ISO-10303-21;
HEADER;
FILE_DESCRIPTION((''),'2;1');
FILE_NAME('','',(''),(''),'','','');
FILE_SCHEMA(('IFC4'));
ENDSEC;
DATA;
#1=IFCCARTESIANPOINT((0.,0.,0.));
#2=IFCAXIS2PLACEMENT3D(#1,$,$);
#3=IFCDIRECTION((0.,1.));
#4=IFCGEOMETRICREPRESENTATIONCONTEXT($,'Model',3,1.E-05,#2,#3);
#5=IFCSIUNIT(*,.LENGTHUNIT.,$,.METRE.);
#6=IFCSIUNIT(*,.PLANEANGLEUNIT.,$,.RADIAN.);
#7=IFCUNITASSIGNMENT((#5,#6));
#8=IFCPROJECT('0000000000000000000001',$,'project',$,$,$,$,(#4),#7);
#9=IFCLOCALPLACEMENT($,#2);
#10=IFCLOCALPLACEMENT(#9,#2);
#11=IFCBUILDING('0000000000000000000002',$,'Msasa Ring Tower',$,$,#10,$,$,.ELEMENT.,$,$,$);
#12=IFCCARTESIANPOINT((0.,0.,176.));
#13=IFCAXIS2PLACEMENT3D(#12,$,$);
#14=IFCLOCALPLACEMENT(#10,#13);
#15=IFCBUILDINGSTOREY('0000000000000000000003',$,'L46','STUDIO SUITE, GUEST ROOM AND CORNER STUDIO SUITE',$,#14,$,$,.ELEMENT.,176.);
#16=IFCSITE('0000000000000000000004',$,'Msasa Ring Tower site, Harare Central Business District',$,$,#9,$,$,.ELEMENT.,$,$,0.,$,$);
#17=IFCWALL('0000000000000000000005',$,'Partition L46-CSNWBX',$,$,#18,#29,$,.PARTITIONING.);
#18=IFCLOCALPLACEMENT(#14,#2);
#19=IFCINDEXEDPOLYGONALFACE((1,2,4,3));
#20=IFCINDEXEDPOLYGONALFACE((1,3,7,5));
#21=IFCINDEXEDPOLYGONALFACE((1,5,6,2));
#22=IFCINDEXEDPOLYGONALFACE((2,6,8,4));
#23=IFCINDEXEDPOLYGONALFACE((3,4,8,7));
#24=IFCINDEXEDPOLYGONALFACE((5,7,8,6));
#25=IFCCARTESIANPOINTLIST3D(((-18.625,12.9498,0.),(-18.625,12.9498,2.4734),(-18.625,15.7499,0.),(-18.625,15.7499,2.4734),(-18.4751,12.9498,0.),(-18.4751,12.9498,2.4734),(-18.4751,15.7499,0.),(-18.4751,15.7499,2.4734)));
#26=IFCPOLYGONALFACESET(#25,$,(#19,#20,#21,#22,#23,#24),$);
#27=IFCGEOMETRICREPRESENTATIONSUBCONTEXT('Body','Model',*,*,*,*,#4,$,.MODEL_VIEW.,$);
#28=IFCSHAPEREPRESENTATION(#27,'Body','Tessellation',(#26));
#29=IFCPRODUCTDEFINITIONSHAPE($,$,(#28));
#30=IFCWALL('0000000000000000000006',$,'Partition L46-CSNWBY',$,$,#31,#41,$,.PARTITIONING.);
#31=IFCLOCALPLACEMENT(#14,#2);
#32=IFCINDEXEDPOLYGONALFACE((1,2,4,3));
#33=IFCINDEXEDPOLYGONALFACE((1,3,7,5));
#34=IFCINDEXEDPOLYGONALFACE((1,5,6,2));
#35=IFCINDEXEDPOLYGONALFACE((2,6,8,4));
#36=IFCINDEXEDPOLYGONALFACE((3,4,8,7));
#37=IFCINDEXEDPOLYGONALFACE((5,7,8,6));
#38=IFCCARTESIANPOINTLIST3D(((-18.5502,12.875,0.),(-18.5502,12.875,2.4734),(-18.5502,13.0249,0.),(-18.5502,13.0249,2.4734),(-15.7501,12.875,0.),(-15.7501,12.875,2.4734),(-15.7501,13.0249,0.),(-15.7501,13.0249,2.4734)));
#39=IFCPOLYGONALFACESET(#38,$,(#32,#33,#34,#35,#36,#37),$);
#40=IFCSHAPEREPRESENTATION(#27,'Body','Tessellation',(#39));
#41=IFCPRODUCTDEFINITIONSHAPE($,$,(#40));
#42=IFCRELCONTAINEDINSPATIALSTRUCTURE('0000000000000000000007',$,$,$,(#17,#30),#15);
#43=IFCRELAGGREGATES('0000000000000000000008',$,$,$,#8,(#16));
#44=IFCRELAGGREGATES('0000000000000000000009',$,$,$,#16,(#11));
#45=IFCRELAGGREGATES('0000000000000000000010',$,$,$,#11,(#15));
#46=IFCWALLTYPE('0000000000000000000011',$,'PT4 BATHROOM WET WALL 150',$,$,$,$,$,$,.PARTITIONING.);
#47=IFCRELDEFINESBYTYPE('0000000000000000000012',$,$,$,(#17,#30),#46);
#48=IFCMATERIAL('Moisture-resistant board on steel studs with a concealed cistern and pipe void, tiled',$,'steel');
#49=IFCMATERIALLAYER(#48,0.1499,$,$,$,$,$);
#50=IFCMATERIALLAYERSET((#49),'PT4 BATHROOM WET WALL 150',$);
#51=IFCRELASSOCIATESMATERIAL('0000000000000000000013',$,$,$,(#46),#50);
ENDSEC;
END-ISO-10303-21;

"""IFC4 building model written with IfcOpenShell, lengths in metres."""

from ifc_helpers import new_model, si_unit, direction, frame, frame_2d, origin, place, context, subcontext, project, spatial, rectangle, extrude, material, layer, layer_set, type_object, element, save


model = new_model("IFC4")

# Units and contexts
model_context = context("Model", 3, precision=1e-05, world=origin(), true_north=direction((0.0, 1.0)))
body_context = subcontext(model_context, "Body", "Model", "MODEL_VIEW")
ifc_project = project(units=[si_unit("LENGTHUNIT", "METRE"), si_unit("PLANEANGLEUNIT", "RADIAN")], contexts=[model_context])

# Site, building, storey
site_placement = place(None, origin())
site = spatial("IfcSite", under=ifc_project, at=site_placement, Name="Msasa Ring Tower site, Harare Central Business District", CompositionType="ELEMENT", RefElevation=0.0)
building_placement = place(site_placement, origin())
building = spatial("IfcBuilding", under=site, at=building_placement, Name="Msasa Ring Tower", CompositionType="ELEMENT")
storey_placement = place(building_placement, frame((0.0, 0.0, 176.0)))
storey = spatial("IfcBuildingStorey", under=building, at=storey_placement, Name="L46", Description="STUDIO SUITE, GUEST ROOM AND CORNER STUDIO SUITE", CompositionType="ELEMENT", Elevation=176.0)

# Walls
ifc_material_1 = material(Name="Moisture-resistant board on steel studs with a concealed cistern and pipe void, tiled", Category="steel")
ifc_layer_1 = layer(ifc_material_1, 0.1499)
ifc_layer_set_1 = layer_set([ifc_layer_1], Name="PT4 BATHROOM WET WALL 150")
wall_type_1 = type_object("IfcWallType", Name="PT4 BATHROOM WET WALL 150", PredefinedType="PARTITIONING", material=ifc_layer_set_1)
for number, where, z_axis, x_axis, name in (
    (1, (-18.55, 12.95, 0.0), (0.0, 0.0, 1.0), (0.0, 1.0, 0.0), "Partition L46-CSNWBX"),
    (2, (-18.55, 12.95, 0.0), (0.0, 0.0, 1.0), (1.0, 0.0, 0.0), "Partition L46-CSNWBY"),
):
    element("IfcWall", number, at=place(storey_placement, frame(where, z_axis=z_axis, x_axis=x_axis)), inside=storey, type_object=wall_type_1, Name=name, PredefinedType="PARTITIONING", context=body_context, shape_type="SweptSolid", body=[
        extrude(rectangle(XDim=2.8, YDim=0.1499, at=frame_2d((1.3999, 0.0))), origin(), (0.0, 0.0, 1.0), 2.4734),
    ])

save(model, "model.ifc")
